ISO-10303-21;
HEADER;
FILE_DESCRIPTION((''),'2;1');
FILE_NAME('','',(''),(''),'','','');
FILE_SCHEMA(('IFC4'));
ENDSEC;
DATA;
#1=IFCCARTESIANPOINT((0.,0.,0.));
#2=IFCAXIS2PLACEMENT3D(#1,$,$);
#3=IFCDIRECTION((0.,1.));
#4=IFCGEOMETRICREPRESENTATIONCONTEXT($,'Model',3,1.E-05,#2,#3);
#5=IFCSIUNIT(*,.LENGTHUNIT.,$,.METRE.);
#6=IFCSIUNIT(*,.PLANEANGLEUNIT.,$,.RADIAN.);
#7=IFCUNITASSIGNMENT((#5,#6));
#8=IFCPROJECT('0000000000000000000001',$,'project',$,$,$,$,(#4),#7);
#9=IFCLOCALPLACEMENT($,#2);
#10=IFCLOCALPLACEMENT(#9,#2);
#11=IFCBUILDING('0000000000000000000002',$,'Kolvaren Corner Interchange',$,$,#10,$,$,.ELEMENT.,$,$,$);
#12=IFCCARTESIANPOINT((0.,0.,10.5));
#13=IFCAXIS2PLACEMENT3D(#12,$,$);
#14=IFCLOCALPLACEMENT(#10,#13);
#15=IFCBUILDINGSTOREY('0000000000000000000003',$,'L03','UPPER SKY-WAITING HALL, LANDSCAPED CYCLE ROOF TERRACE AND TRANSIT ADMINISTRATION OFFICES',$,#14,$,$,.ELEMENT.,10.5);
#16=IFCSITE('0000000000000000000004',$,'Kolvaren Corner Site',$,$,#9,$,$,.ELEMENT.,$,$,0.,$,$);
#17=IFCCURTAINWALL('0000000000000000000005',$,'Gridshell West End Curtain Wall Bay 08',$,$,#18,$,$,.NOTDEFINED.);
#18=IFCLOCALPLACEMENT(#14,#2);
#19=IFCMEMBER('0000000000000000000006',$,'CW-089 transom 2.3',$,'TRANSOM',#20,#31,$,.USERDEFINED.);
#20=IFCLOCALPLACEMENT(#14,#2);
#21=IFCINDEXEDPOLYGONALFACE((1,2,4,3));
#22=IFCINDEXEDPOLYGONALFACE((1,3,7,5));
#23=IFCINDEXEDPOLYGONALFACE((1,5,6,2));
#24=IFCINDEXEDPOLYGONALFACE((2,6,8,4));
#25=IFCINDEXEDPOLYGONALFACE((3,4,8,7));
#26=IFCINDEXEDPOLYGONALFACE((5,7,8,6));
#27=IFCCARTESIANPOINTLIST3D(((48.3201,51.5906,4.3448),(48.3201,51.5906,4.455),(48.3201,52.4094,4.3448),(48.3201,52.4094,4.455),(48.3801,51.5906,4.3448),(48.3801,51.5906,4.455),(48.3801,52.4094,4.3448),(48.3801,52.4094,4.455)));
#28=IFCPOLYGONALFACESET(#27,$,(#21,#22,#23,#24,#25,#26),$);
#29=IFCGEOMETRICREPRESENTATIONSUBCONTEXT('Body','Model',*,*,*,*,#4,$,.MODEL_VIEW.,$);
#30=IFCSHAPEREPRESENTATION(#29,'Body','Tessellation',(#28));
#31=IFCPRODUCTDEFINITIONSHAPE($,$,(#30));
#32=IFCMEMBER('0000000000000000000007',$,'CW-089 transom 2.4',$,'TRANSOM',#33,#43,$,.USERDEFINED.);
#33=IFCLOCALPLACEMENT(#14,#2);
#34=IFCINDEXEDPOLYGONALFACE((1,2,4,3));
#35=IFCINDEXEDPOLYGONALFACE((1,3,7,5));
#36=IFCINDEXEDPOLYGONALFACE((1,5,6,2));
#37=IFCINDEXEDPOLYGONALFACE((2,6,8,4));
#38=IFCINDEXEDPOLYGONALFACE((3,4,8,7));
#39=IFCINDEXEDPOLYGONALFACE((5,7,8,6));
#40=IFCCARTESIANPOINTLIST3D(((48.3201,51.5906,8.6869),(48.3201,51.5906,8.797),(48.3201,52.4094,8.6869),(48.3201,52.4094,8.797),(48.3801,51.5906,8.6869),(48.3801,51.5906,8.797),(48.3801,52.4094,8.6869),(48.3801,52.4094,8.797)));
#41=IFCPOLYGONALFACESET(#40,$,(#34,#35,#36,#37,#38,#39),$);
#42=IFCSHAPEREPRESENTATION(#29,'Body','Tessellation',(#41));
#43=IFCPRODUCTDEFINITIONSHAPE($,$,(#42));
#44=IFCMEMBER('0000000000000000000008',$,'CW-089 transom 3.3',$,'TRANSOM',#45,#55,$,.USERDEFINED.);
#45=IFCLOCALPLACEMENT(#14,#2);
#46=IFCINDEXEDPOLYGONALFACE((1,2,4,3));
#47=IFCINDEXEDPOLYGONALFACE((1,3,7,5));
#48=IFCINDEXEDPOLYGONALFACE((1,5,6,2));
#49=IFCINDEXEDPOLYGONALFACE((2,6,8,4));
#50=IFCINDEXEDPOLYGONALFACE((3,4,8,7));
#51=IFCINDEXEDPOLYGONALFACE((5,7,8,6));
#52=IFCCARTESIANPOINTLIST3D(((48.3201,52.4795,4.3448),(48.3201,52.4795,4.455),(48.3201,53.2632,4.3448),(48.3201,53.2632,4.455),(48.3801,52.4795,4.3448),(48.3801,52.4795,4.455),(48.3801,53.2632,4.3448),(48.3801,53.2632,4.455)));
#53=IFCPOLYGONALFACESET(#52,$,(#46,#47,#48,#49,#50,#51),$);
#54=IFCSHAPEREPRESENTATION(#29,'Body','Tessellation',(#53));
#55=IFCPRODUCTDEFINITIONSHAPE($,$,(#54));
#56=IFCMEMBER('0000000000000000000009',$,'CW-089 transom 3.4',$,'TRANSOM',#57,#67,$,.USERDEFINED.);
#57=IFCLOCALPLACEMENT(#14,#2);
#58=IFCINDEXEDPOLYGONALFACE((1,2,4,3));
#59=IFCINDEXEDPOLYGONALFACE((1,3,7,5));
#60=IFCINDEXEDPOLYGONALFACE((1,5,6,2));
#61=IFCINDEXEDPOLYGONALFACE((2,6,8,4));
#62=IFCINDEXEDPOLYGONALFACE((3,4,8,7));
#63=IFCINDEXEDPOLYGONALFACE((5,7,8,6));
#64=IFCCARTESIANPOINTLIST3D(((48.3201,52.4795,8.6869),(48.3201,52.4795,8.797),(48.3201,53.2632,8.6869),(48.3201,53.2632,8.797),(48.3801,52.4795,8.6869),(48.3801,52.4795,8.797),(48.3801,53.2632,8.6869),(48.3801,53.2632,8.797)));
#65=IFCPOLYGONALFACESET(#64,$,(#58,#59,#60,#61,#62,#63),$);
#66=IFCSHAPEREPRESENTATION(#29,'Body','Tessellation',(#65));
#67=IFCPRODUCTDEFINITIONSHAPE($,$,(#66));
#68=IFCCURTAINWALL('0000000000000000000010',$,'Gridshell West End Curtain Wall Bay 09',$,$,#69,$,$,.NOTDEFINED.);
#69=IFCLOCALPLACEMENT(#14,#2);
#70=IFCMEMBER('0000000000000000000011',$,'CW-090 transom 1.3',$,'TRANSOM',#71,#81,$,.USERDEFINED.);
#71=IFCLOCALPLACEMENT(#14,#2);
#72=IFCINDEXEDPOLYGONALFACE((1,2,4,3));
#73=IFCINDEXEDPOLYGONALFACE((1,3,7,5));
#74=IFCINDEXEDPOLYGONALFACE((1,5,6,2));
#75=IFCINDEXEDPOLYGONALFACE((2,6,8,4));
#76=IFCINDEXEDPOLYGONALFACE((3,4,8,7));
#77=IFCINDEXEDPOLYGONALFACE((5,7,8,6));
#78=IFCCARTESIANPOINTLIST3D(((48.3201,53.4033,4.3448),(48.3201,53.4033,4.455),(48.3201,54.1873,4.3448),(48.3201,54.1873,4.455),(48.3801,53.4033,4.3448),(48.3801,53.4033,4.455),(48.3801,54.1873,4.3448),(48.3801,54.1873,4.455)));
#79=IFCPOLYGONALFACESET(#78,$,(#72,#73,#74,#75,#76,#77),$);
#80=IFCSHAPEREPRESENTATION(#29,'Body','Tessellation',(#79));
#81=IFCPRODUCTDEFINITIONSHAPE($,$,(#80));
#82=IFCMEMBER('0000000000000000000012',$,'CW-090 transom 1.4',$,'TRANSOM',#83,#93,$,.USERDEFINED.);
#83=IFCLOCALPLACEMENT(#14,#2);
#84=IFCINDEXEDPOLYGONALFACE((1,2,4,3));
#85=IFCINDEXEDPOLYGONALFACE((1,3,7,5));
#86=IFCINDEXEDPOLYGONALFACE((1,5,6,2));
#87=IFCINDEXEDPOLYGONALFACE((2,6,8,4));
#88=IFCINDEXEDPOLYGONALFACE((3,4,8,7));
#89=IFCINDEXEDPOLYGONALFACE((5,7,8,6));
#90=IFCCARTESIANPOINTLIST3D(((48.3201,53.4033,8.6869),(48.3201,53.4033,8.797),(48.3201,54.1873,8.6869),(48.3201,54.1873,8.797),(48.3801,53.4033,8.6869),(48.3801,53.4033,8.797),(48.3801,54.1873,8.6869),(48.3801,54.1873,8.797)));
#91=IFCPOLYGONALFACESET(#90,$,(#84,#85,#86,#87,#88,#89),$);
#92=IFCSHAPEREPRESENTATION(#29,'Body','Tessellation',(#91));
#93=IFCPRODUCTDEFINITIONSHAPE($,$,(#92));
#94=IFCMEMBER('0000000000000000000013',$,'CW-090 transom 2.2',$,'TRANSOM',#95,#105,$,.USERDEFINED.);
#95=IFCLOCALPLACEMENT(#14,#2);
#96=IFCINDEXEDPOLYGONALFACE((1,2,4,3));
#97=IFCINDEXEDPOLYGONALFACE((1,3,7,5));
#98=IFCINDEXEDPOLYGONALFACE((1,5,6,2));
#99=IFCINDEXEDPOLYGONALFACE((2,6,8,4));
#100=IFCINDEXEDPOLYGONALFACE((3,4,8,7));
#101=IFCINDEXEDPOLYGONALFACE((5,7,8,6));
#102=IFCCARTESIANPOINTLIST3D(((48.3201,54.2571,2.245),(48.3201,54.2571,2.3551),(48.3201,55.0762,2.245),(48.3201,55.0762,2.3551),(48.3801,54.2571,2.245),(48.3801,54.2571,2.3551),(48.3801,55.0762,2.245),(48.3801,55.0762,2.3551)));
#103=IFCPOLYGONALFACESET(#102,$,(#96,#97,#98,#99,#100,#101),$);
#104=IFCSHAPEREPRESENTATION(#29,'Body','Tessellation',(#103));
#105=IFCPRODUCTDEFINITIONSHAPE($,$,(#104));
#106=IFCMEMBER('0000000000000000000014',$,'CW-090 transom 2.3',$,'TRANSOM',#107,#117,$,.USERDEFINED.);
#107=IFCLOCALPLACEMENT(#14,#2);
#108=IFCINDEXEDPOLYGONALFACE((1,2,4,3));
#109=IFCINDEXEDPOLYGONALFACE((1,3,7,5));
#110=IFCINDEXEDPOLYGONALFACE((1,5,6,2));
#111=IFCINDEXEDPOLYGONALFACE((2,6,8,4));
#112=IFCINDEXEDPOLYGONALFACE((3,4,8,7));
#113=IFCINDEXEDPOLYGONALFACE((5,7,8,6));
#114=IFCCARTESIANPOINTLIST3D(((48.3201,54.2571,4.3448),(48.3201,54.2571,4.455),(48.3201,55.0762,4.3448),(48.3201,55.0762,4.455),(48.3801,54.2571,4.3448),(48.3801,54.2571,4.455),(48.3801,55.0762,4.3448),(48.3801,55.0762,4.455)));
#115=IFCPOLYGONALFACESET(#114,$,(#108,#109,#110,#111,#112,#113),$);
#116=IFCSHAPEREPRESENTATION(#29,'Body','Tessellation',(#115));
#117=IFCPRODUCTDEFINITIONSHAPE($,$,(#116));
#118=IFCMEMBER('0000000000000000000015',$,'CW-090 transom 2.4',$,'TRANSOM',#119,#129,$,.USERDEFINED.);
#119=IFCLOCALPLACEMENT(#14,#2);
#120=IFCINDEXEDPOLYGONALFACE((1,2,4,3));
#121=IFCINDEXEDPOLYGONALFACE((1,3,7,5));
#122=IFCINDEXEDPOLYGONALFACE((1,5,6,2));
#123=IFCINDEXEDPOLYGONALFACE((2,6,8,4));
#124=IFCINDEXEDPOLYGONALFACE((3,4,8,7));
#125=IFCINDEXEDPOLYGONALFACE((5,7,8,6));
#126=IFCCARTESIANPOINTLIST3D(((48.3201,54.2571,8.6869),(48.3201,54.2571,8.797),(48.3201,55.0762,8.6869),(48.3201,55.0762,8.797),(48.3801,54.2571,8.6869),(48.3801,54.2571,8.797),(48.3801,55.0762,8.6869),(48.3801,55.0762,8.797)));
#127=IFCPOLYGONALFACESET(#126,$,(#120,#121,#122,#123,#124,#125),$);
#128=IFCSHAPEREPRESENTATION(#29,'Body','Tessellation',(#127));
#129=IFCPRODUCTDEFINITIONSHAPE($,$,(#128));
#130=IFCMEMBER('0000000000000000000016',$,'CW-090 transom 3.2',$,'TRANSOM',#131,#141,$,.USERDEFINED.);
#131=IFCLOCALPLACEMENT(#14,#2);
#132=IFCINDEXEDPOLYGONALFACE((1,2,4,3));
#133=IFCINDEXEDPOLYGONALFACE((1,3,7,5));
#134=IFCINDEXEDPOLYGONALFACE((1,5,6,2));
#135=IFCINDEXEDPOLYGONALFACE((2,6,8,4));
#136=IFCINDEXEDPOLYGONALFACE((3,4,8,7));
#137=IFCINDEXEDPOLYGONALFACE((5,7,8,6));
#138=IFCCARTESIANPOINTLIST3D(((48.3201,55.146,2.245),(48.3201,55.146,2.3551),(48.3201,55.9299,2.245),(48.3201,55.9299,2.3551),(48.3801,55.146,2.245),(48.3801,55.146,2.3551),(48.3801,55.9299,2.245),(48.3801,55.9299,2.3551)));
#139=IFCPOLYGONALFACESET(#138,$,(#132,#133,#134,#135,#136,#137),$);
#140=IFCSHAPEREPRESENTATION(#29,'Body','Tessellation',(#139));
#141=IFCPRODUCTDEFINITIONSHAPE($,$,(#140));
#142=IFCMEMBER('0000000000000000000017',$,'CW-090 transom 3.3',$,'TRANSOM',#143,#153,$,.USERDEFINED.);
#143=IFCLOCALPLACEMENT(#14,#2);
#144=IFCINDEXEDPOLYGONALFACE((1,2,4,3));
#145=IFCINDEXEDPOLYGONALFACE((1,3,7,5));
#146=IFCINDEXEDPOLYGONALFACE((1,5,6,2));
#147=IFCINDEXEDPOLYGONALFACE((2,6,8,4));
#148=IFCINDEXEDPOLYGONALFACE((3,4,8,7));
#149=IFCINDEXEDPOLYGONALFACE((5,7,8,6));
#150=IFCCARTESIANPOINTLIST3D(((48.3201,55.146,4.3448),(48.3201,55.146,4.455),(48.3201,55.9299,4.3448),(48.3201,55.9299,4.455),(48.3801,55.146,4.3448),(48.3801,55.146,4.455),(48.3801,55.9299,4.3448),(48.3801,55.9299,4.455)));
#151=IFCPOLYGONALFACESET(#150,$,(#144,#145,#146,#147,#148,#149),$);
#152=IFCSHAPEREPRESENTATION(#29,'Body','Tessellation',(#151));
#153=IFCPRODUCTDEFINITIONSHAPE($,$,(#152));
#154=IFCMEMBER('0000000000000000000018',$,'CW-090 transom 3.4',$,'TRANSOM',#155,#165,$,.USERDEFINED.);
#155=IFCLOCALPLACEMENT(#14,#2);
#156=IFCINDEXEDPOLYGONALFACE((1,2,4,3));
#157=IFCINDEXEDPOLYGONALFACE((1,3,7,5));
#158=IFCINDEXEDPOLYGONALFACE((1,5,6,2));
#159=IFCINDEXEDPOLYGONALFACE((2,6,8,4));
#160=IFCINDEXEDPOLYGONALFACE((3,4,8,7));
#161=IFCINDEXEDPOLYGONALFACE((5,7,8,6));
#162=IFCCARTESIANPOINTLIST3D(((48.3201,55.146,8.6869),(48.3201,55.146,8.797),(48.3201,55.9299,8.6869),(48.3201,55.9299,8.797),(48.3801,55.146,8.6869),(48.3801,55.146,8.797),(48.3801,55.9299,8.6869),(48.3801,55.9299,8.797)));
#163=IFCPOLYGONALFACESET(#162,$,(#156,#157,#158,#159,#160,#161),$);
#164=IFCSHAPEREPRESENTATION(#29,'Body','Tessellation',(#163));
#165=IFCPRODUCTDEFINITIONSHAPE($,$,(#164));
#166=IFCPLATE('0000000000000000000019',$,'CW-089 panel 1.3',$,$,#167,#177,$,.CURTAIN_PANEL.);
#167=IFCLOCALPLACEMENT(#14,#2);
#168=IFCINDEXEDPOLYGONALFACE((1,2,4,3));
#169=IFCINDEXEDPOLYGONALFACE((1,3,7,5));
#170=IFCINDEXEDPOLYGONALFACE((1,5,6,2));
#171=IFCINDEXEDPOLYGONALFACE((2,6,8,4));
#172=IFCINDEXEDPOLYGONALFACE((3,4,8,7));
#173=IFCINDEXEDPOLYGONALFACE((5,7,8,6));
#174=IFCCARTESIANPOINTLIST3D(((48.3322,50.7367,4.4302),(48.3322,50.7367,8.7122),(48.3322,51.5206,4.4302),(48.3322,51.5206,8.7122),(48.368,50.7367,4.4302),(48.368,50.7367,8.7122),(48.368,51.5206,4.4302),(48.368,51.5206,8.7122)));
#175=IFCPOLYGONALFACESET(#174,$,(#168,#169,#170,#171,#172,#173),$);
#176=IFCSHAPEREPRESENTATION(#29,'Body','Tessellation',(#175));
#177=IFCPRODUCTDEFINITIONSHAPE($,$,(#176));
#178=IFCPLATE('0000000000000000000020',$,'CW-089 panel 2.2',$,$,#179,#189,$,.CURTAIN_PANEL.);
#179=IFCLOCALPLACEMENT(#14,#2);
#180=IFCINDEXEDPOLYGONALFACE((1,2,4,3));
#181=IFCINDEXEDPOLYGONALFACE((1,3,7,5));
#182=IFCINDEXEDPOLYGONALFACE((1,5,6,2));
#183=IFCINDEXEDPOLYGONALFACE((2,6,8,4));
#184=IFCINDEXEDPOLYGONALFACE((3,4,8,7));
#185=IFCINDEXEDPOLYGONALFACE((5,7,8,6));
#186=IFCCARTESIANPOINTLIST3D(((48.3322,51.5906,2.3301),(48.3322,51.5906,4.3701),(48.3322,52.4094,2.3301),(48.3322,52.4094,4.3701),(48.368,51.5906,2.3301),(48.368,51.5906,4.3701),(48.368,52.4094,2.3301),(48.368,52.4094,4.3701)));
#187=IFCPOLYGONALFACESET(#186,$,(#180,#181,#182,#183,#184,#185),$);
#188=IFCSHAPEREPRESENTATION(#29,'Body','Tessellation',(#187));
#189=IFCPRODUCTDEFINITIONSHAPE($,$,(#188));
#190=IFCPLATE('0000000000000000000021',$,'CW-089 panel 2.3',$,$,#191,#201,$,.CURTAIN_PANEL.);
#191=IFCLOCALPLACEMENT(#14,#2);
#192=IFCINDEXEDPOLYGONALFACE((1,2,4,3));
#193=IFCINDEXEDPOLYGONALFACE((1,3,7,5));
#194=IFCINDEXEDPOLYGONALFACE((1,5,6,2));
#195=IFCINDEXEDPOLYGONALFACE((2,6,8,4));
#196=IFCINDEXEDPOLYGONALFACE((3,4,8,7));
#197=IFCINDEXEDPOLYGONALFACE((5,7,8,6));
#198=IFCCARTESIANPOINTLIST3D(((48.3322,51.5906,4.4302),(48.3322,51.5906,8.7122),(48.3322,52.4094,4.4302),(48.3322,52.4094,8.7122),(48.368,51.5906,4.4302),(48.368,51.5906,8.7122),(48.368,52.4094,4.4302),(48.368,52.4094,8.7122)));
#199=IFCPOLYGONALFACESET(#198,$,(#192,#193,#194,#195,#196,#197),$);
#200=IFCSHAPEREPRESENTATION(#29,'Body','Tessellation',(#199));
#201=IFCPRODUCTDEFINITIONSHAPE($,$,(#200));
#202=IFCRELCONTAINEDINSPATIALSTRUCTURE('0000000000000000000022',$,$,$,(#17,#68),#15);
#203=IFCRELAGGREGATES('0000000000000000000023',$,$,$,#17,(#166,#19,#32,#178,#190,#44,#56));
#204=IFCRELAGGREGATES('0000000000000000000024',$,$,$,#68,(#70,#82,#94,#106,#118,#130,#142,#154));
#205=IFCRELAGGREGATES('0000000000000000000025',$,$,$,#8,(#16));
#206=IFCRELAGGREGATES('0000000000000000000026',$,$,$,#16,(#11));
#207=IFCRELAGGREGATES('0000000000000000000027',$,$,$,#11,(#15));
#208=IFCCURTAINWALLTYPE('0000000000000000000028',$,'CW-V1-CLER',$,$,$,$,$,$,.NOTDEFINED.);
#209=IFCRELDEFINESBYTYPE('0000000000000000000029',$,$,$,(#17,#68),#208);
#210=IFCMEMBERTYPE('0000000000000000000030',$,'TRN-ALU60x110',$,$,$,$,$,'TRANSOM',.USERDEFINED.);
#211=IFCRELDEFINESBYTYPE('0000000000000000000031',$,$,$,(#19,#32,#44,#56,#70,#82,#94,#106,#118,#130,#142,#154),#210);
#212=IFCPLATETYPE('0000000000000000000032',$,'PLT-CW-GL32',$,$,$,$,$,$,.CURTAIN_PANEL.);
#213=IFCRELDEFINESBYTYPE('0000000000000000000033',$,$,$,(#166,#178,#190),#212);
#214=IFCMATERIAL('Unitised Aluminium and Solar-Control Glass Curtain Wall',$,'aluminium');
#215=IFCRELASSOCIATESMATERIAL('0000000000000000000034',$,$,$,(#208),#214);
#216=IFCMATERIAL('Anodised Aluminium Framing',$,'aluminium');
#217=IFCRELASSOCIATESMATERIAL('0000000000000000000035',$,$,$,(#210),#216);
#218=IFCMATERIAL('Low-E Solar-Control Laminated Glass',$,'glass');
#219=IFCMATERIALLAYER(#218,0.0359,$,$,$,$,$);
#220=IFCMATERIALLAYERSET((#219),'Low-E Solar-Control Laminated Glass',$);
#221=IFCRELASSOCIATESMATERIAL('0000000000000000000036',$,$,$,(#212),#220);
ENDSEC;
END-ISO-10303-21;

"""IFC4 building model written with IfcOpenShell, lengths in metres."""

from ifc_helpers import new_model, si_unit, direction, frame, origin, origin_2d, place, context, subcontext, project, spatial, rectangle, extrude, material, layer, layer_set, material_profile, profile_set, type_object, element, aggregate, save


model = new_model("IFC4")

# Units and contexts
model_context = context("Model", 3, precision=1e-05, world=origin(), true_north=direction((0.0, 1.0)))
body_context = subcontext(model_context, "Body", "Model", "MODEL_VIEW")
ifc_project = project(units=[si_unit("LENGTHUNIT", "METRE"), si_unit("PLANEANGLEUNIT", "RADIAN")], contexts=[model_context])

# Site, building, storey
site_placement = place(None, origin())
site = spatial("IfcSite", under=ifc_project, at=site_placement, Name="Kolvaren Corner Site", CompositionType="ELEMENT", RefElevation=0.0)
building_placement = place(site_placement, origin())
building = spatial("IfcBuilding", under=site, at=building_placement, Name="Kolvaren Corner Interchange", CompositionType="ELEMENT")
storey_placement = place(building_placement, frame((0.0, 0.0, 10.5)))
storey = spatial("IfcBuildingStorey", under=building, at=storey_placement, Name="L03", Description="UPPER SKY-WAITING HALL, LANDSCAPED CYCLE ROOF TERRACE AND TRANSIT ADMINISTRATION OFFICES", CompositionType="ELEMENT", Elevation=10.5)

# Curtain walls, members
ifc_material_1 = material(Name="Unitised Aluminium and Solar-Control Glass Curtain Wall", Category="aluminium")
curtain_wall_type = type_object("IfcCurtainWallType", Name="CW-V1-CLER", PredefinedType="NOTDEFINED", material=ifc_material_1)
curtain_wall_1_placement = place(storey_placement, origin())
curtain_wall_1 = element("IfcCurtainWall", 1, at=curtain_wall_1_placement, inside=storey, type_object=curtain_wall_type, Name="Gridshell West End Curtain Wall Bay 08", PredefinedType="NOTDEFINED")
ifc_material_2 = material(Name="Anodised Aluminium Framing", Category="aluminium")
ifc_material_profile = material_profile(ifc_material_2, rectangle(XDim=0.0601, YDim=0.1101, at=origin_2d()), Name="ALU 60x110")
ifc_profile_set = profile_set([ifc_material_profile], Name="Anodised Aluminium Framing")
member_type = type_object("IfcMemberType", Name="TRN-ALU60x110", ElementType="TRANSOM", PredefinedType="USERDEFINED", material=ifc_profile_set)
member_1_placement = place(storey_placement, frame((48.3501, 51.5906, 4.3999), z_axis=(0.0, 1.0, 0.0), x_axis=(-1.0, 0.0, 0.0)))
member_1 = element("IfcMember", 2, at=member_1_placement, type_object=member_type, Name="CW-089 transom 2.3", ObjectType="TRANSOM", PredefinedType="USERDEFINED", context=body_context, shape_type="SweptSolid", body=[
    extrude(rectangle(XDim=0.0601, YDim=0.1101, at=origin_2d()), origin(), (0.0, 0.0, 1.0), 0.8188),
])
member_2_placement = place(storey_placement, frame((48.3501, 51.5906, 8.7419), z_axis=(0.0, 1.0, 0.0), x_axis=(-1.0, 0.0, 0.0)))
member_2 = element("IfcMember", 3, at=member_2_placement, type_object=member_type, Name="CW-089 transom 2.4", ObjectType="TRANSOM", PredefinedType="USERDEFINED", context=body_context, shape_type="SweptSolid", body=[
    extrude(rectangle(XDim=0.0601, YDim=0.1101, at=origin_2d()), origin(), (0.0, 0.0, 1.0), 0.8188),
])
member_3_placement = place(storey_placement, frame((48.3501, 52.4795, 4.3999), z_axis=(0.0, 1.0, 0.0), x_axis=(-1.0, 0.0, 0.0)))
member_3 = element("IfcMember", 4, at=member_3_placement, type_object=member_type, Name="CW-089 transom 3.3", ObjectType="TRANSOM", PredefinedType="USERDEFINED", context=body_context, shape_type="SweptSolid", body=[
    extrude(rectangle(XDim=0.0601, YDim=0.1101, at=origin_2d()), origin(), (0.0, 0.0, 1.0), 0.7837),
])
member_4_placement = place(storey_placement, frame((48.3501, 52.4795, 8.7419), z_axis=(0.0, 1.0, 0.0), x_axis=(-1.0, 0.0, 0.0)))
member_4 = element("IfcMember", 5, at=member_4_placement, type_object=member_type, Name="CW-089 transom 3.4", ObjectType="TRANSOM", PredefinedType="USERDEFINED", context=body_context, shape_type="SweptSolid", body=[
    extrude(rectangle(XDim=0.0601, YDim=0.1101, at=origin_2d()), origin(), (0.0, 0.0, 1.0), 0.7837),
])
curtain_wall_2_placement = place(storey_placement, origin())
curtain_wall_2 = element("IfcCurtainWall", 6, at=curtain_wall_2_placement, inside=storey, type_object=curtain_wall_type, Name="Gridshell West End Curtain Wall Bay 09", PredefinedType="NOTDEFINED")
member_5_placement = place(storey_placement, frame((48.3501, 53.4033, 4.3999), z_axis=(0.0, 1.0, 0.0), x_axis=(-1.0, 0.0, 0.0)))
member_5 = element("IfcMember", 7, at=member_5_placement, type_object=member_type, Name="CW-090 transom 1.3", ObjectType="TRANSOM", PredefinedType="USERDEFINED", context=body_context, shape_type="SweptSolid", body=[
    extrude(rectangle(XDim=0.0601, YDim=0.1101, at=origin_2d()), origin(), (0.0, 0.0, 1.0), 0.7839),
])
member_6_placement = place(storey_placement, frame((48.3501, 53.4033, 8.7419), z_axis=(0.0, 1.0, 0.0), x_axis=(-1.0, 0.0, 0.0)))
member_6 = element("IfcMember", 8, at=member_6_placement, type_object=member_type, Name="CW-090 transom 1.4", ObjectType="TRANSOM", PredefinedType="USERDEFINED", context=body_context, shape_type="SweptSolid", body=[
    extrude(rectangle(XDim=0.0601, YDim=0.1101, at=origin_2d()), origin(), (0.0, 0.0, 1.0), 0.7839),
])
member_7_placement = place(storey_placement, frame((48.3501, 54.2571, 2.3), z_axis=(0.0, 1.0, 0.0), x_axis=(-1.0, 0.0, 0.0)))
member_7 = element("IfcMember", 9, at=member_7_placement, type_object=member_type, Name="CW-090 transom 2.2", ObjectType="TRANSOM", PredefinedType="USERDEFINED", context=body_context, shape_type="SweptSolid", body=[
    extrude(rectangle(XDim=0.0601, YDim=0.1101, at=origin_2d()), origin(), (0.0, 0.0, 1.0), 0.8191),
])
member_8_placement = place(storey_placement, frame((48.3501, 54.2571, 4.3999), z_axis=(0.0, 1.0, 0.0), x_axis=(-1.0, 0.0, 0.0)))
member_8 = element("IfcMember", 10, at=member_8_placement, type_object=member_type, Name="CW-090 transom 2.3", ObjectType="TRANSOM", PredefinedType="USERDEFINED", context=body_context, shape_type="SweptSolid", body=[
    extrude(rectangle(XDim=0.0601, YDim=0.1101, at=origin_2d()), origin(), (0.0, 0.0, 1.0), 0.8191),
])
member_9_placement = place(storey_placement, frame((48.3501, 54.2571, 8.7419), z_axis=(0.0, 1.0, 0.0), x_axis=(-1.0, 0.0, 0.0)))
member_9 = element("IfcMember", 11, at=member_9_placement, type_object=member_type, Name="CW-090 transom 2.4", ObjectType="TRANSOM", PredefinedType="USERDEFINED", context=body_context, shape_type="SweptSolid", body=[
    extrude(rectangle(XDim=0.0601, YDim=0.1101, at=origin_2d()), origin(), (0.0, 0.0, 1.0), 0.8191),
])
member_10_placement = place(storey_placement, frame((48.3501, 55.146, 2.3), z_axis=(0.0, 1.0, 0.0), x_axis=(-1.0, 0.0, 0.0)))
member_10 = element("IfcMember", 12, at=member_10_placement, type_object=member_type, Name="CW-090 transom 3.2", ObjectType="TRANSOM", PredefinedType="USERDEFINED", context=body_context, shape_type="SweptSolid", body=[
    extrude(rectangle(XDim=0.0601, YDim=0.1101, at=origin_2d()), origin(), (0.0, 0.0, 1.0), 0.7839),
])
member_11_placement = place(storey_placement, frame((48.3501, 55.146, 4.3999), z_axis=(0.0, 1.0, 0.0), x_axis=(-1.0, 0.0, 0.0)))
member_11 = element("IfcMember", 13, at=member_11_placement, type_object=member_type, Name="CW-090 transom 3.3", ObjectType="TRANSOM", PredefinedType="USERDEFINED", context=body_context, shape_type="SweptSolid", body=[
    extrude(rectangle(XDim=0.0601, YDim=0.1101, at=origin_2d()), origin(), (0.0, 0.0, 1.0), 0.7839),
])
member_12_placement = place(storey_placement, frame((48.3501, 55.146, 8.7419), z_axis=(0.0, 1.0, 0.0), x_axis=(-1.0, 0.0, 0.0)))
member_12 = element("IfcMember", 14, at=member_12_placement, type_object=member_type, Name="CW-090 transom 3.4", ObjectType="TRANSOM", PredefinedType="USERDEFINED", context=body_context, shape_type="SweptSolid", body=[
    extrude(rectangle(XDim=0.0601, YDim=0.1101, at=origin_2d()), origin(), (0.0, 0.0, 1.0), 0.7839),
])

# Plates
ifc_material_3 = material(Name="Low-E Solar-Control Laminated Glass", Category="glass")
ifc_layer = layer(ifc_material_3, 0.0359)
ifc_layer_set = layer_set([ifc_layer], Name="Low-E Solar-Control Laminated Glass")
plate_type = type_object("IfcPlateType", Name="PLT-CW-GL32", PredefinedType="CURTAIN_PANEL", material=ifc_layer_set)
plate_1_placement = place(storey_placement, frame((48.3501, 51.1287, 4.4302), z_axis=(0.0, 0.0, 1.0), x_axis=(0.0, 1.0, 0.0)))
plate_1 = element("IfcPlate", 15, at=plate_1_placement, type_object=plate_type, Name="CW-089 panel 1.3", PredefinedType="CURTAIN_PANEL", context=body_context, shape_type="SweptSolid", body=[
    extrude(rectangle(XDim=0.7839, YDim=0.0359, at=origin_2d()), origin(), (0.0, 0.0, 1.0), 4.282),
])
plate_2_placement = place(storey_placement, frame((48.3501, 52.0, 2.3301), z_axis=(0.0, 0.0, 1.0), x_axis=(0.0, 1.0, 0.0)))
plate_2 = element("IfcPlate", 16, at=plate_2_placement, type_object=plate_type, Name="CW-089 panel 2.2", PredefinedType="CURTAIN_PANEL", context=body_context, shape_type="SweptSolid", body=[
    extrude(rectangle(XDim=0.8188, YDim=0.0359, at=origin_2d()), origin(), (0.0, 0.0, 1.0), 2.04),
])
plate_3_placement = place(storey_placement, frame((48.3501, 52.0, 4.4302), z_axis=(0.0, 0.0, 1.0), x_axis=(0.0, 1.0, 0.0)))
plate_3 = element("IfcPlate", 17, at=plate_3_placement, type_object=plate_type, Name="CW-089 panel 2.3", PredefinedType="CURTAIN_PANEL", context=body_context, shape_type="SweptSolid", body=[
    extrude(rectangle(XDim=0.8188, YDim=0.0359, at=origin_2d()), origin(), (0.0, 0.0, 1.0), 4.282),
])
aggregate(curtain_wall_1, [plate_1, member_1, member_2, plate_2, plate_3, member_3, member_4])
aggregate(curtain_wall_2, [member_5, member_6, member_7, member_8, member_9, member_10, member_11, member_12])

save(model, "model.ifc")
